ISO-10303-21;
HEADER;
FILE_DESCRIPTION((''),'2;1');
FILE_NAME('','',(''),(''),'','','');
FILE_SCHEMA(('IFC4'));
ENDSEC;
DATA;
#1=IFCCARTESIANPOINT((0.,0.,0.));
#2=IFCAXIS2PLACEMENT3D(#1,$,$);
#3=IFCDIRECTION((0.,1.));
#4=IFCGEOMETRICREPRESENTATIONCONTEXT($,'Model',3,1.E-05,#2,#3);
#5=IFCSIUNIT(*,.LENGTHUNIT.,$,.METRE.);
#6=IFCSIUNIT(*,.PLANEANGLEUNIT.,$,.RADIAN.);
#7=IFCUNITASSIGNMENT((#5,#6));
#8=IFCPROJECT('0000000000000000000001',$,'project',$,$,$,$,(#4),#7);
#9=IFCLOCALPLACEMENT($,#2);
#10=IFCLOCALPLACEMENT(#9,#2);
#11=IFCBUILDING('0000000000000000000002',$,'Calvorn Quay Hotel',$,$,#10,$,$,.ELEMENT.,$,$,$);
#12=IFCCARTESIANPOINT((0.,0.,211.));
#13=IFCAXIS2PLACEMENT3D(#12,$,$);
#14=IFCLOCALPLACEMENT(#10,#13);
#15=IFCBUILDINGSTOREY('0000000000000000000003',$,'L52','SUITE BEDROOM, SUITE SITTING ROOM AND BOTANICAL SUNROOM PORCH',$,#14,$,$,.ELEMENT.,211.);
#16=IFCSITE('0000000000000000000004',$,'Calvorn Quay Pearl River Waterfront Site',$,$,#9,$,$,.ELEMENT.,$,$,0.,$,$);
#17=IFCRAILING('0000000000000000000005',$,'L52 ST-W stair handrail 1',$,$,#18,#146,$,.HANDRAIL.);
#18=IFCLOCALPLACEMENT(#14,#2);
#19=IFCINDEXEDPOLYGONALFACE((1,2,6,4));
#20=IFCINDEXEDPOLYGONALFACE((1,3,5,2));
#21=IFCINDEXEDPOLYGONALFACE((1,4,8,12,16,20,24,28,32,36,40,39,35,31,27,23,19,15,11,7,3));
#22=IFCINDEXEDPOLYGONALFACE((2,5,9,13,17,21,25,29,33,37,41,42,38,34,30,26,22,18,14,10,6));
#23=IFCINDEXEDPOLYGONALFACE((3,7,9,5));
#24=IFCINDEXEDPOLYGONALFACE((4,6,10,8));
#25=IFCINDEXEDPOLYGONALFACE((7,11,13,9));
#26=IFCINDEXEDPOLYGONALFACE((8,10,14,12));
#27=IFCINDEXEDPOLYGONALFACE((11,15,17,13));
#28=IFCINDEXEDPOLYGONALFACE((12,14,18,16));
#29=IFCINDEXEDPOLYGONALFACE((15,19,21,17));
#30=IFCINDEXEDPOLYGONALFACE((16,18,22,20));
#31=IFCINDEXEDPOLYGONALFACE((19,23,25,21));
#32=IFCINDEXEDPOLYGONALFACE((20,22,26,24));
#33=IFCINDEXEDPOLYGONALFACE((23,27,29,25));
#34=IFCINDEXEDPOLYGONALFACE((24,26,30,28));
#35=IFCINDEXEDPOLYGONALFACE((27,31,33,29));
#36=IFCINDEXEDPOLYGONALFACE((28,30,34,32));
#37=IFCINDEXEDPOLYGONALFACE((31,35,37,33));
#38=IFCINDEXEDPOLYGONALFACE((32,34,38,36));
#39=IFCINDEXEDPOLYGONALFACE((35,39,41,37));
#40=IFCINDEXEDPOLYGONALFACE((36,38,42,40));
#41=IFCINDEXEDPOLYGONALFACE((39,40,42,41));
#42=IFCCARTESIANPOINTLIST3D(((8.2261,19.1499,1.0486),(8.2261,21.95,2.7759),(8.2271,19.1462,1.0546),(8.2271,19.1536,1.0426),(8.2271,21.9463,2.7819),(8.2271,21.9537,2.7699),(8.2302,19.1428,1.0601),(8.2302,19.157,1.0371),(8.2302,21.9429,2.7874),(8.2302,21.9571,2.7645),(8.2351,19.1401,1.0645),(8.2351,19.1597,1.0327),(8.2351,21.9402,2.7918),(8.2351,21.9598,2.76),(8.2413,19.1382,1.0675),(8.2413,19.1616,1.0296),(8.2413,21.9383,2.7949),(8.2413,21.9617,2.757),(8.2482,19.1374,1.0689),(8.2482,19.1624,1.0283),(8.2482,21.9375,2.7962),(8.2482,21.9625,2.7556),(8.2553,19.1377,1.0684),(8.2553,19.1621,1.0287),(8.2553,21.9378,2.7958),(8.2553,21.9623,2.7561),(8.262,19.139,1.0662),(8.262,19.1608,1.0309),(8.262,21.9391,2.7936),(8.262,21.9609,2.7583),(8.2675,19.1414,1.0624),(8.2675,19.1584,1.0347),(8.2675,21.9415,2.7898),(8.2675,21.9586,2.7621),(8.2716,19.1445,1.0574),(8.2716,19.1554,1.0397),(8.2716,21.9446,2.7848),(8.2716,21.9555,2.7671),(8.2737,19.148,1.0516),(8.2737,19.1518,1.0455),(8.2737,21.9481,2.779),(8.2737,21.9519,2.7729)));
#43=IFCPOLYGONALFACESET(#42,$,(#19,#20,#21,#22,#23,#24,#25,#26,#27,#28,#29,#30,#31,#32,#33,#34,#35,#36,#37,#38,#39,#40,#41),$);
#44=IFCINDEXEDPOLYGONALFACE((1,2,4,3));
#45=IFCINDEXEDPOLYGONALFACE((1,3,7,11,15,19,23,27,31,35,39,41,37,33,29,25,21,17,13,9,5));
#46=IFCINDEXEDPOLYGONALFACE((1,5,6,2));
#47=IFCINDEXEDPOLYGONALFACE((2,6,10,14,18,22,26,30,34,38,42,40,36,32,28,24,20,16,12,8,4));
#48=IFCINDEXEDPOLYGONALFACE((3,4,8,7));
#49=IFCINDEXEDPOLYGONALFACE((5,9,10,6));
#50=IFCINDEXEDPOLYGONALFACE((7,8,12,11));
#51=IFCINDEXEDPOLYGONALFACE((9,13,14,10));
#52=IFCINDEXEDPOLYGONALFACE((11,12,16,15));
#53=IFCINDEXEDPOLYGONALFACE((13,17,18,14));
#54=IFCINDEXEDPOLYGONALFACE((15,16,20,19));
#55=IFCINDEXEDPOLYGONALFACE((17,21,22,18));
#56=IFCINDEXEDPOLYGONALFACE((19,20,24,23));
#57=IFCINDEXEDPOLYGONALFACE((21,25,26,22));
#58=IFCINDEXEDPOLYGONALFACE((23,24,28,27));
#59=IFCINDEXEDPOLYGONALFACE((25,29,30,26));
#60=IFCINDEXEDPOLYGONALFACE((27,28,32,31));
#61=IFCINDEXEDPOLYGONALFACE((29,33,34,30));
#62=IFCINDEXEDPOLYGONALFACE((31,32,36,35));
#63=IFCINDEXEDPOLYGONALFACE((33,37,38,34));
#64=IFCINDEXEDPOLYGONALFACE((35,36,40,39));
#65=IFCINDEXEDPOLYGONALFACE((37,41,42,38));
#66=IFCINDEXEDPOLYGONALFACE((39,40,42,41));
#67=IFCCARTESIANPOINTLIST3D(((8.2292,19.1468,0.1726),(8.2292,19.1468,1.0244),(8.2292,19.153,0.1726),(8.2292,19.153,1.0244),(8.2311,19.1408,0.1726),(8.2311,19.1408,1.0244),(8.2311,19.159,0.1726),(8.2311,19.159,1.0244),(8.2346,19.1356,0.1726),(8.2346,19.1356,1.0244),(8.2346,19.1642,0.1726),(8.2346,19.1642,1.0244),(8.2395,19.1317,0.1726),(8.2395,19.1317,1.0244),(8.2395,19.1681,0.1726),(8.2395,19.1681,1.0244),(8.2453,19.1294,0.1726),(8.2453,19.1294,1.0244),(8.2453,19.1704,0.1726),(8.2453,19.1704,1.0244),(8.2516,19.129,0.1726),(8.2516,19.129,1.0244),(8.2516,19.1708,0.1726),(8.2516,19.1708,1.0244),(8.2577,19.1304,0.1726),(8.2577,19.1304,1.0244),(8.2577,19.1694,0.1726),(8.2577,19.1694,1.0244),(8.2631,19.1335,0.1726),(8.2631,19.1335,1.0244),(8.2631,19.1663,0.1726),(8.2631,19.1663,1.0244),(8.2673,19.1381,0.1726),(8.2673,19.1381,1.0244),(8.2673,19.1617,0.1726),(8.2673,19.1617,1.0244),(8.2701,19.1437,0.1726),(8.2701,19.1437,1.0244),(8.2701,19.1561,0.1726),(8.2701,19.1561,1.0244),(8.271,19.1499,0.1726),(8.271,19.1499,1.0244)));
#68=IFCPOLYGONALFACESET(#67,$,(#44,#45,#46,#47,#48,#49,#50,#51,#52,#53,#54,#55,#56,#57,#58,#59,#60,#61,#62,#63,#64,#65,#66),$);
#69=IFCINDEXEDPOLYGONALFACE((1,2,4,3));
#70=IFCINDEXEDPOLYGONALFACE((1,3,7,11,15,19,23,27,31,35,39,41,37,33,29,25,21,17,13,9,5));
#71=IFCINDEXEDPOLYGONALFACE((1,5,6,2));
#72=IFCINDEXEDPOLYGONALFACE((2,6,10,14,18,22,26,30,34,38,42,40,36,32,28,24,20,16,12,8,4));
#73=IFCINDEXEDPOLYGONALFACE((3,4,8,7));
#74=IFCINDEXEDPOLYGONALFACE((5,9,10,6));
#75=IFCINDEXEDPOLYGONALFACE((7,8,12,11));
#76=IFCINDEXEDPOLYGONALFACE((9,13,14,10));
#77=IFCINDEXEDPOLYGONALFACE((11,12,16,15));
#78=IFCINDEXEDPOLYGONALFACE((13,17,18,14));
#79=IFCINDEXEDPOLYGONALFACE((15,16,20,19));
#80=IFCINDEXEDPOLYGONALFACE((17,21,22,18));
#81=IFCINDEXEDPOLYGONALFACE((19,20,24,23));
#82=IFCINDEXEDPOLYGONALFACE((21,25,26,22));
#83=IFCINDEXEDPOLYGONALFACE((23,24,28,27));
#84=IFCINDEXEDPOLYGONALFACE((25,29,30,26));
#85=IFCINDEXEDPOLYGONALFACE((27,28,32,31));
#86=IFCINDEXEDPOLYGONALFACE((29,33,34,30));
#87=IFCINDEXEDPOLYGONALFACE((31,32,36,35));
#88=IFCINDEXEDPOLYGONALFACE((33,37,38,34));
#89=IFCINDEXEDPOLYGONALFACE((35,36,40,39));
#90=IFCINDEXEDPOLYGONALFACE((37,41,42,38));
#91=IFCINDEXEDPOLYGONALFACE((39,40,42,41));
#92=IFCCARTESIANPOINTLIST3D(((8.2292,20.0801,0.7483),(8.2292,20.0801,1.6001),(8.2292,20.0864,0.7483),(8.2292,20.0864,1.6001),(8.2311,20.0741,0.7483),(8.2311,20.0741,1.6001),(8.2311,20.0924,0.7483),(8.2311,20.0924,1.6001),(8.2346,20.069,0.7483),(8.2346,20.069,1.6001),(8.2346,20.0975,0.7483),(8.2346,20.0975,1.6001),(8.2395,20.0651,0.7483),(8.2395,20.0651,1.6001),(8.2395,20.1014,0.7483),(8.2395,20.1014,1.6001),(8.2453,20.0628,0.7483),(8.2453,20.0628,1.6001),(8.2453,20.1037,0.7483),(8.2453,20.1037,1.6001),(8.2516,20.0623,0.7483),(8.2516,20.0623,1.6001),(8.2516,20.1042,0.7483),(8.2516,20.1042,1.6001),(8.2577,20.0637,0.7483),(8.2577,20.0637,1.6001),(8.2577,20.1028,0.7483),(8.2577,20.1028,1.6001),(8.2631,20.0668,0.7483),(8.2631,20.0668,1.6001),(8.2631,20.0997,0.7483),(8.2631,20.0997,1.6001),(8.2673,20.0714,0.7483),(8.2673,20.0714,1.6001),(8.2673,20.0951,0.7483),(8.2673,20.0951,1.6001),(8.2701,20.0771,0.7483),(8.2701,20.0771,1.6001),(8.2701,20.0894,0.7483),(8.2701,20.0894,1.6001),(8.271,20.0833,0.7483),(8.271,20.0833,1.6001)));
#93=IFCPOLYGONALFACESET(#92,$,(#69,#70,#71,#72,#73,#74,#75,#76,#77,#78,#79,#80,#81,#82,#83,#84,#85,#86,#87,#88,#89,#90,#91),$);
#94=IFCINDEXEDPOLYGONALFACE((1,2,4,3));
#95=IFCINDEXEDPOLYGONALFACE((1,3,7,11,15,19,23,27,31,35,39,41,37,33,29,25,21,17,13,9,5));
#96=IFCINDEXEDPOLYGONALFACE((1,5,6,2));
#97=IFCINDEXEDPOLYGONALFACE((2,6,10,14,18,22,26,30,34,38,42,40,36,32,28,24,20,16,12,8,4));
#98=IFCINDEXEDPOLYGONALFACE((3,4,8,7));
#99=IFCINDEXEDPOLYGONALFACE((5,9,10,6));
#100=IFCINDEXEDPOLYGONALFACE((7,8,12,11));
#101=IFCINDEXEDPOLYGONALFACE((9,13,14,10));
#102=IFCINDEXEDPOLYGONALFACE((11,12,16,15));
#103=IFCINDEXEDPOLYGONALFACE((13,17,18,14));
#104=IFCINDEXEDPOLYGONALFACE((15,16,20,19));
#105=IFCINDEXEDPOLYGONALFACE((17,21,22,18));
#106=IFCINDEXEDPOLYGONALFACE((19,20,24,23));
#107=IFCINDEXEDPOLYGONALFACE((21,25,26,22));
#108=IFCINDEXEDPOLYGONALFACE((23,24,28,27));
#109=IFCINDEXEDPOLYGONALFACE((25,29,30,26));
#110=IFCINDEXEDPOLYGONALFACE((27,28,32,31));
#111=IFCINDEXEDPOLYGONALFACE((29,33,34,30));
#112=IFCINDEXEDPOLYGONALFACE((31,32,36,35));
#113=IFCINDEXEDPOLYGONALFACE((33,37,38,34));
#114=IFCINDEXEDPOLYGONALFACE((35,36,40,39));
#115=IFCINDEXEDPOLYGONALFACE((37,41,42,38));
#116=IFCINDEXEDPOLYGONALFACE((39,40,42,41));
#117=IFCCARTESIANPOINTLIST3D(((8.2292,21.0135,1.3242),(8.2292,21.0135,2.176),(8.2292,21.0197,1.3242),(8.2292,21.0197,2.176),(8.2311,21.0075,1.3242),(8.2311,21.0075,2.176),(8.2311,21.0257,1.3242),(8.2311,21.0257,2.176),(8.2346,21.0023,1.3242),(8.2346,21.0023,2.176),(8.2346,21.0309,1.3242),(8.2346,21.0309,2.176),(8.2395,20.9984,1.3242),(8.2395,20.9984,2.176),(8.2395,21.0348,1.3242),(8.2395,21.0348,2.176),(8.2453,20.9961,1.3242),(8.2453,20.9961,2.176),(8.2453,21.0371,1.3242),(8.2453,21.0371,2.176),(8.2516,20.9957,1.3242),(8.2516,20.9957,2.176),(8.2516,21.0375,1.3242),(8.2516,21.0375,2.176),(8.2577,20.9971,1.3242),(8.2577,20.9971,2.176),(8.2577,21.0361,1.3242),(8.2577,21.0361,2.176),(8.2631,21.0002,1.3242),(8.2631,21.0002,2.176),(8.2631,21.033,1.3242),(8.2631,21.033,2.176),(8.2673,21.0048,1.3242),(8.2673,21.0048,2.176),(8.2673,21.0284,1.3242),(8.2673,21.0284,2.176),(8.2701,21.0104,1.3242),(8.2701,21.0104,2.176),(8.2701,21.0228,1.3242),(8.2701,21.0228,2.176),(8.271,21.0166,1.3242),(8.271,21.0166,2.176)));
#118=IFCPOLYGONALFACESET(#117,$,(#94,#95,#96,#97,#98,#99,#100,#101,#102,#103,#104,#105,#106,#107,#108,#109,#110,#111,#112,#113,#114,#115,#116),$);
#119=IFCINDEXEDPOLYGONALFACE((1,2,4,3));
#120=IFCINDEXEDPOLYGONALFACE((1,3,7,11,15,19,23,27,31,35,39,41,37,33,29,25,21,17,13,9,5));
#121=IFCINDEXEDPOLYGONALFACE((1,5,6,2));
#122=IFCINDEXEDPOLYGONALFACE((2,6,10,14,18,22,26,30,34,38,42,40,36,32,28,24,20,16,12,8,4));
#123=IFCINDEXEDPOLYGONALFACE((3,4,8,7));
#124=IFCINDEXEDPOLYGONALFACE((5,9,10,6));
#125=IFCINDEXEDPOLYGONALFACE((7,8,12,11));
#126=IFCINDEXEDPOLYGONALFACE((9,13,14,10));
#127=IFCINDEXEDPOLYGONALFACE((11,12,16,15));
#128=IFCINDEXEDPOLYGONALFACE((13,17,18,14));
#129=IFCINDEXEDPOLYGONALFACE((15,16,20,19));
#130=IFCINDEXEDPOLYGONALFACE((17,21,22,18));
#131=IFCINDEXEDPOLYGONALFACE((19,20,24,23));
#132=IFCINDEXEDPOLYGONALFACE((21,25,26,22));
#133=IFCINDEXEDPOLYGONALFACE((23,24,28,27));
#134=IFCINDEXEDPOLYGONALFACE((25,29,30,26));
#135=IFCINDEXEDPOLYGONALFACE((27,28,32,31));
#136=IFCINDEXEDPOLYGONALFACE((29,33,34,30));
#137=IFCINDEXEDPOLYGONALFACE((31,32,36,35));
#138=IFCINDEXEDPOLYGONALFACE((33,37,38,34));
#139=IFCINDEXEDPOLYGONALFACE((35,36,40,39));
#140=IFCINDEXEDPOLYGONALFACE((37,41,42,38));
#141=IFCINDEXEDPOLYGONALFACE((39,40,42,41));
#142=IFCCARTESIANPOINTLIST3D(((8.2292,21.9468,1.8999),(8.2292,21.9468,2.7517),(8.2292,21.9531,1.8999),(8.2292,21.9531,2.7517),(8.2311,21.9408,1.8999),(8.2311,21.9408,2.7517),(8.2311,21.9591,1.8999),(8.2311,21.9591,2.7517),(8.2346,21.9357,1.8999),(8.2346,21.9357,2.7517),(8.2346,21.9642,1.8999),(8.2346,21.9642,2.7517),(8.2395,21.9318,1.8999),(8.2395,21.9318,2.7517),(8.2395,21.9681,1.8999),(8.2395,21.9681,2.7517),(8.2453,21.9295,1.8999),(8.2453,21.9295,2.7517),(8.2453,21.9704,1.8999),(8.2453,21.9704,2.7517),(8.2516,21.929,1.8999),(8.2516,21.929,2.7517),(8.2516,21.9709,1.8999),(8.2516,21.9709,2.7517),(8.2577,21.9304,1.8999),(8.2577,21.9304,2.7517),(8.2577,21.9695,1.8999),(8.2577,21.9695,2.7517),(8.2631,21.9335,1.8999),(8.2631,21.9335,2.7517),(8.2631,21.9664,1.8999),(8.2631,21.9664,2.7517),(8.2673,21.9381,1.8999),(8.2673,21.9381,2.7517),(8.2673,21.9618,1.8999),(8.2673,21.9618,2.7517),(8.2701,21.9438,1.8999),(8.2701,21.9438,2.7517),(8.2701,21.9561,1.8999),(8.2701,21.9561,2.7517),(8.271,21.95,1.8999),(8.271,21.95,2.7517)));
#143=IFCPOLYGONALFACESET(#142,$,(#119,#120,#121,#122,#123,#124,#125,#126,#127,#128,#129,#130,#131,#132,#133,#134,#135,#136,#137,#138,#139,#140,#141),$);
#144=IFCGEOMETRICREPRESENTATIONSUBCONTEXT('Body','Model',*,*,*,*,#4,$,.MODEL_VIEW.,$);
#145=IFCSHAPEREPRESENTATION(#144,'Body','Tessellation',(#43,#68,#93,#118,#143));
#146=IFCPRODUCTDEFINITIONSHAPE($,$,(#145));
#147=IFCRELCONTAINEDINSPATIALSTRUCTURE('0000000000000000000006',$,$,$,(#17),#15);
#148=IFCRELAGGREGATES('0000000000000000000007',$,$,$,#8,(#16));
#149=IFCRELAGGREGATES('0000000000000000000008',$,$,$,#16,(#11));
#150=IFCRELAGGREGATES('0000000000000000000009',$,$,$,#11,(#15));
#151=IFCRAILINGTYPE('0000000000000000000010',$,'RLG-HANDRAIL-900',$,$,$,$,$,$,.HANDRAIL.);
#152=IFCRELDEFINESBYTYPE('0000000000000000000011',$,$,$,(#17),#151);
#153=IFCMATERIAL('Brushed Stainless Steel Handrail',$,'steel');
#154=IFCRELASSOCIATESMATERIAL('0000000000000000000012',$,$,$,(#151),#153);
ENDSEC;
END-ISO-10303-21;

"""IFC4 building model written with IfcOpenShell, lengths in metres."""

from ifc_helpers import new_model, si_unit, direction, frame, origin, origin_2d, place, context, subcontext, project, spatial, circle, extrude, material, type_object, element, save


model = new_model("IFC4")

# Units and contexts
model_context = context("Model", 3, precision=1e-05, world=origin(), true_north=direction((0.0, 1.0)))
body_context = subcontext(model_context, "Body", "Model", "MODEL_VIEW")
ifc_project = project(units=[si_unit("LENGTHUNIT", "METRE"), si_unit("PLANEANGLEUNIT", "RADIAN")], contexts=[model_context])

# Site, building, storey
site_placement = place(None, origin())
site = spatial("IfcSite", under=ifc_project, at=site_placement, Name="Calvorn Quay Pearl River Waterfront Site", CompositionType="ELEMENT", RefElevation=0.0)
building_placement = place(site_placement, origin())
building = spatial("IfcBuilding", under=site, at=building_placement, Name="Calvorn Quay Hotel", CompositionType="ELEMENT")
storey_placement = place(building_placement, frame((0.0, 0.0, 211.0)))
storey = spatial("IfcBuildingStorey", under=building, at=storey_placement, Name="L52", Description="SUITE BEDROOM, SUITE SITTING ROOM AND BOTANICAL SUNROOM PORCH", CompositionType="ELEMENT", Elevation=211.0)

# Railing
ifc_material_1 = material(Name="Brushed Stainless Steel Handrail", Category="steel")
railing_type_1 = type_object("IfcRailingType", Name="RLG-HANDRAIL-900", PredefinedType="HANDRAIL", material=ifc_material_1)
railing_1_placement = place(storey_placement, frame((8.25, 19.1499, 0.1726)))
element("IfcRailing", 1, at=railing_1_placement, inside=storey, type_object=railing_type_1, Name="L52 ST-W stair handrail 1", PredefinedType="HANDRAIL", context=body_context, shape_type="SweptSolid", body=[
    extrude(circle(Radius=0.0239, at=origin_2d()), frame((0.0, 0.0, 0.876), z_axis=(0.0, 0.85109, 0.52502), x_axis=(-1.0, 0.0, 0.0)), (0.0, 0.0, 1.0), 3.29),
    extrude(circle(Radius=0.021, at=origin_2d()), origin(), (0.0, 0.0, 1.0), 0.8518),
    extrude(circle(Radius=0.021, at=origin_2d()), frame((0.0, 0.9333, 0.5757)), (0.0, 0.0, 1.0), 0.8518),
    extrude(circle(Radius=0.021, at=origin_2d()), frame((0.0, 1.8667, 1.1516)), (0.0, 0.0, 1.0), 0.8518),
    extrude(circle(Radius=0.021, at=origin_2d()), frame((0.0, 2.8, 1.7273)), (0.0, 0.0, 1.0), 0.8518),
])

save(model, "model.ifc")
